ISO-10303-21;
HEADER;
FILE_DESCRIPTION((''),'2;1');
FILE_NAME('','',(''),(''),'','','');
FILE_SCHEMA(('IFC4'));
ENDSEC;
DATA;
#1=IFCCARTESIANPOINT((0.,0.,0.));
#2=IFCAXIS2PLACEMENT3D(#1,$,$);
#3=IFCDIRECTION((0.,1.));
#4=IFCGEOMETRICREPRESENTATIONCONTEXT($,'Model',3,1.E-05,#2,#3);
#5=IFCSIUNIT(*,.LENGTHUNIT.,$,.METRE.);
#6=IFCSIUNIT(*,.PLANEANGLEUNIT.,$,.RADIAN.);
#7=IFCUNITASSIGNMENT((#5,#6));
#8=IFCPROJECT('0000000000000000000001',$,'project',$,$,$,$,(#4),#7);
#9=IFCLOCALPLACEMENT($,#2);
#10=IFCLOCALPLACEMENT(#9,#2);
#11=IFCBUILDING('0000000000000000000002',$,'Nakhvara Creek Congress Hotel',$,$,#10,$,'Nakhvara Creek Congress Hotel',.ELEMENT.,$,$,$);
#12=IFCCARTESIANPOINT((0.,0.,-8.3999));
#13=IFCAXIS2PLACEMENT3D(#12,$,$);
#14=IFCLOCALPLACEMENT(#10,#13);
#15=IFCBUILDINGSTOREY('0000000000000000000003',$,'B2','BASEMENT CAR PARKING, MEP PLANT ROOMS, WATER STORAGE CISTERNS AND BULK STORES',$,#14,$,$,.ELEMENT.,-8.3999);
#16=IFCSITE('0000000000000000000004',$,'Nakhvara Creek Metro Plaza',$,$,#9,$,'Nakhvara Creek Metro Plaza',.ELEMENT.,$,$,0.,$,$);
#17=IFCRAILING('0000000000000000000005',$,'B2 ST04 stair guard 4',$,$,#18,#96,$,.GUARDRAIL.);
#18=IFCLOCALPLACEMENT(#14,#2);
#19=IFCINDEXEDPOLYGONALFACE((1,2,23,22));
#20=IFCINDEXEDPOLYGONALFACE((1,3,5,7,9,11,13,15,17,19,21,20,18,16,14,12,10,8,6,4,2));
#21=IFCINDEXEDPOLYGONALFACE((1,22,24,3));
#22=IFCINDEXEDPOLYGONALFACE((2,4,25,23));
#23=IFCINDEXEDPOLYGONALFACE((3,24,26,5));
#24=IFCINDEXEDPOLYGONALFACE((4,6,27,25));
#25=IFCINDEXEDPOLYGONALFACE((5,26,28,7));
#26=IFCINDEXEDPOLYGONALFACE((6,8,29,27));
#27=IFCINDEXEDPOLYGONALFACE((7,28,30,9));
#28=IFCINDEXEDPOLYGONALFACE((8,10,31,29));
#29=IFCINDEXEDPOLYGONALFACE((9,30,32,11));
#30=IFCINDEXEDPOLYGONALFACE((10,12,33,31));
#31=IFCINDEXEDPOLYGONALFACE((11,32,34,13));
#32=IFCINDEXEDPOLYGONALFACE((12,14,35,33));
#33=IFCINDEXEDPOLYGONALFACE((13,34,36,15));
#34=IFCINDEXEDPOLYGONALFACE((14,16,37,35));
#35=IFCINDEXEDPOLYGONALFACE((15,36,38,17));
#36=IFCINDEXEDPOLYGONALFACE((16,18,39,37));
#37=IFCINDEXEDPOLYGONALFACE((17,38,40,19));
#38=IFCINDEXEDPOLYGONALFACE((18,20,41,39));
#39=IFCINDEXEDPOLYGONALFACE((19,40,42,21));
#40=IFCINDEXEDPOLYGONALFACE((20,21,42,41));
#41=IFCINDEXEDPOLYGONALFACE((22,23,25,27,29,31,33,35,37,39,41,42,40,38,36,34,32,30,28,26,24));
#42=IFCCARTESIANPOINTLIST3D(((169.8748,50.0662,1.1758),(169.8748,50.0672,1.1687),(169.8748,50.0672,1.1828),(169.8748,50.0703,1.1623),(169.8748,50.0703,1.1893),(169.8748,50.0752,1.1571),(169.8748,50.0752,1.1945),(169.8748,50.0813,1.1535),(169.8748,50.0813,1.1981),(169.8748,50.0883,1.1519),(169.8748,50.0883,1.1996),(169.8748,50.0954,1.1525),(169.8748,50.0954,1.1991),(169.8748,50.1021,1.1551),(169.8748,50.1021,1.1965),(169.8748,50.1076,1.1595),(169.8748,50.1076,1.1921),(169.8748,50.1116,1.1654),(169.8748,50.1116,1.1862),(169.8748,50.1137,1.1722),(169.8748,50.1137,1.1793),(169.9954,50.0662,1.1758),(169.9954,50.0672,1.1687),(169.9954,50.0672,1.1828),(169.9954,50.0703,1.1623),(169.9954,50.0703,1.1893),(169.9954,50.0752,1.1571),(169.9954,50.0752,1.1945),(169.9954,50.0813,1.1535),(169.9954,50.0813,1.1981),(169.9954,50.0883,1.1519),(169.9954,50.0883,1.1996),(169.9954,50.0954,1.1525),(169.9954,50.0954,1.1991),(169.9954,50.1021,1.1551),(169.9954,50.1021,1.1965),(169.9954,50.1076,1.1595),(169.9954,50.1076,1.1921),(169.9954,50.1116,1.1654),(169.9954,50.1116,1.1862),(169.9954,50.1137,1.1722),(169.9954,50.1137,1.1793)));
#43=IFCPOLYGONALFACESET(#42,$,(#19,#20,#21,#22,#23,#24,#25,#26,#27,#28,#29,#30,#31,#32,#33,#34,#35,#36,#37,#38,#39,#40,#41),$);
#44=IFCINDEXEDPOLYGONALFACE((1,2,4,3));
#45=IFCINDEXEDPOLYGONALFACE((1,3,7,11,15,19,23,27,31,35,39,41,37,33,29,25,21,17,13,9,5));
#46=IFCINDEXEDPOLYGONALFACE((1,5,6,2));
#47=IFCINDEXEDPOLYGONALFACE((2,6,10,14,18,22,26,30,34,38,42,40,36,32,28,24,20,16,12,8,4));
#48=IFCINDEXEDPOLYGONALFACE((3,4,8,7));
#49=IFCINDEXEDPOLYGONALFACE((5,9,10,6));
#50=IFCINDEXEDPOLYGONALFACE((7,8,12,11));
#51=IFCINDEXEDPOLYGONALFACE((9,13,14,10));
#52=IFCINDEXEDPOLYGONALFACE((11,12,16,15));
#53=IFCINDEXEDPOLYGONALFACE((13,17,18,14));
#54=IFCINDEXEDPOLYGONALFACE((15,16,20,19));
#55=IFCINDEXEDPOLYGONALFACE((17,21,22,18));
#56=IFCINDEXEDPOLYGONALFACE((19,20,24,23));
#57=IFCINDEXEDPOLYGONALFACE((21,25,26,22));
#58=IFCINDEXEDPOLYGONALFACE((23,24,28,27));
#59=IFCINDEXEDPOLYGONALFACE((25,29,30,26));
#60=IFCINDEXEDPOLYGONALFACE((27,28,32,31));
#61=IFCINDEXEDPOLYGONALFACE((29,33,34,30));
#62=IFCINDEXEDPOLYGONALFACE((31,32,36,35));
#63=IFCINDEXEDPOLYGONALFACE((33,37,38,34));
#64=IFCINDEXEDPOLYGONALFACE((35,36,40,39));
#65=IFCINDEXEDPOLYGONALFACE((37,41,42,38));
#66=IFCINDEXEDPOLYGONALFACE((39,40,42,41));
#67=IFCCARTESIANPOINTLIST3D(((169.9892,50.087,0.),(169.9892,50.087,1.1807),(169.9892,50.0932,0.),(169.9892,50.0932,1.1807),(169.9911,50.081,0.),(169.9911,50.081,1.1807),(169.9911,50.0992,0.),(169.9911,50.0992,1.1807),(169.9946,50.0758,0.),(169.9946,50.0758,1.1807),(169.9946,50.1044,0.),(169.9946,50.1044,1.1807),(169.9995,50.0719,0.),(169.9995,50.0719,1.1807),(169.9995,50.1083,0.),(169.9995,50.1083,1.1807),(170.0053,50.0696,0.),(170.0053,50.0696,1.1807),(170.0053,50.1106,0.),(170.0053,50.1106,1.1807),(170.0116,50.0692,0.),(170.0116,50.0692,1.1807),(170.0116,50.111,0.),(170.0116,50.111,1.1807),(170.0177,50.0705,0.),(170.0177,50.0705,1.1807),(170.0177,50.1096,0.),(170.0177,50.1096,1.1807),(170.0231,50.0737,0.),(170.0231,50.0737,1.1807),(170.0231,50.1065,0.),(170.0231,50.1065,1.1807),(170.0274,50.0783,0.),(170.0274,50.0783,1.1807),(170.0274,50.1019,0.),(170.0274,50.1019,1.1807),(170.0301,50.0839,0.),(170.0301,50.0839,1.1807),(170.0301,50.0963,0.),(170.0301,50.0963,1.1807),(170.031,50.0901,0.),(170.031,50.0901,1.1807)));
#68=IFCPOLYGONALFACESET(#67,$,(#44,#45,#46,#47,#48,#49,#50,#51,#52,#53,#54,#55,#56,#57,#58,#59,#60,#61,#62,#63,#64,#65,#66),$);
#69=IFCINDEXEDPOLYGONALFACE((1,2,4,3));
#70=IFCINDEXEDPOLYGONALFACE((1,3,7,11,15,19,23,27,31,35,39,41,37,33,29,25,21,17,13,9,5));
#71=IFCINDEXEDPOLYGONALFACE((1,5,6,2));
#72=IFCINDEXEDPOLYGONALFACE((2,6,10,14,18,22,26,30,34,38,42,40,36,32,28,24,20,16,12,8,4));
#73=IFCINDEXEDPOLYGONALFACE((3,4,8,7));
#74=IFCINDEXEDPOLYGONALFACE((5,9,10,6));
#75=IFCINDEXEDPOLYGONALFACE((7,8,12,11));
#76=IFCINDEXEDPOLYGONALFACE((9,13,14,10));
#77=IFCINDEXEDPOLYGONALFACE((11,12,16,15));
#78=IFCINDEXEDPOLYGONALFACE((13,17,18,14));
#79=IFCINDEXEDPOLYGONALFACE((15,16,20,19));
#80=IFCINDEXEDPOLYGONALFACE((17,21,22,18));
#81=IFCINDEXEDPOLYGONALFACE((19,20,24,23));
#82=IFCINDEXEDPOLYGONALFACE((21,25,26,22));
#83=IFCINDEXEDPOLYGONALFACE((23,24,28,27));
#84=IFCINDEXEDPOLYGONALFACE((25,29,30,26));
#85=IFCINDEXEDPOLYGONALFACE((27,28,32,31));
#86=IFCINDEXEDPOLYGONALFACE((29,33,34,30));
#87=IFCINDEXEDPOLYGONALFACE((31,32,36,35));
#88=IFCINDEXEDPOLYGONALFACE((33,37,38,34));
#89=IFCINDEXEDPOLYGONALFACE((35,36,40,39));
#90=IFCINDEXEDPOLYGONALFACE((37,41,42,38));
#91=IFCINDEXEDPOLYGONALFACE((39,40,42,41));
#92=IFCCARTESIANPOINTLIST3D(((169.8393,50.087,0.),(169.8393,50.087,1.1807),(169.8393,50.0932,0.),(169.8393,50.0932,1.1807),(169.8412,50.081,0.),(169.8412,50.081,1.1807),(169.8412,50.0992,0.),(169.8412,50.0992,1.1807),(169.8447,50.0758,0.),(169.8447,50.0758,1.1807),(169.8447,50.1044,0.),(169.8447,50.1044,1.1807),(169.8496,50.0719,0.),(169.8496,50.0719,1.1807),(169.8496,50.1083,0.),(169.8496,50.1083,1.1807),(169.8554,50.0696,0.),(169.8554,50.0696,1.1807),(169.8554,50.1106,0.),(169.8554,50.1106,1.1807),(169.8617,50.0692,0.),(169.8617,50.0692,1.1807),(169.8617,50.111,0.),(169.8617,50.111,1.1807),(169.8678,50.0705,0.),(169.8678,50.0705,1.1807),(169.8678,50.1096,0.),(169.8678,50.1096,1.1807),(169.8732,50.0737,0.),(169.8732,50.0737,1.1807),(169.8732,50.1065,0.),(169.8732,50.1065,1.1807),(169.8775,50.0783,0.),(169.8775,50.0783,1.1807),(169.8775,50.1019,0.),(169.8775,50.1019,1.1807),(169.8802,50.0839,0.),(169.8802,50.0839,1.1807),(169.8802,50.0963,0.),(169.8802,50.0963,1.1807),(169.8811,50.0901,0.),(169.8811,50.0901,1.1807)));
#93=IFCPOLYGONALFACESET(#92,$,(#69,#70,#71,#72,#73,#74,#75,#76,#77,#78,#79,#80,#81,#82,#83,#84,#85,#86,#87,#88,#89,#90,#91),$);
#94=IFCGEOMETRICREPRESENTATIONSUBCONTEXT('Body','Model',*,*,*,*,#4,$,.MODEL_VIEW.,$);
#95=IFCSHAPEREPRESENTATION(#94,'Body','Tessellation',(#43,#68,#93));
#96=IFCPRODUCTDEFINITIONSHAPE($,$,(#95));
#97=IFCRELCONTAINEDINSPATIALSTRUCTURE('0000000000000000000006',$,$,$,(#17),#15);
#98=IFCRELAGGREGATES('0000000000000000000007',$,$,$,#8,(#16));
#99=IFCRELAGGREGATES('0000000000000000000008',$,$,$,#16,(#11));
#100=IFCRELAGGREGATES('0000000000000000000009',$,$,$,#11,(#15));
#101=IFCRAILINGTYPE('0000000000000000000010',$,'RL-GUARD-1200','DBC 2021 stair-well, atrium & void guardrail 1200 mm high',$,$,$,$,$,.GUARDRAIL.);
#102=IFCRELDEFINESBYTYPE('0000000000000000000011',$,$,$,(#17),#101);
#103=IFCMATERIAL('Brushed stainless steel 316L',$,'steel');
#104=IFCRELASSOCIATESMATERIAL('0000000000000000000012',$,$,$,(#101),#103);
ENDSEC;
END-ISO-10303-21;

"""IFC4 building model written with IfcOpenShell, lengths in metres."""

from ifc_helpers import new_model, si_unit, direction, frame, origin, origin_2d, place, context, subcontext, project, spatial, circle, extrude, material, type_object, element, save


model = new_model("IFC4")

# Units and contexts
model_context = context("Model", 3, precision=1e-05, world=origin(), true_north=direction((0.0, 1.0)))
body_context = subcontext(model_context, "Body", "Model", "MODEL_VIEW")
ifc_project = project(units=[si_unit("LENGTHUNIT", "METRE"), si_unit("PLANEANGLEUNIT", "RADIAN")], contexts=[model_context])

# Site, building, storey
site_placement = place(None, origin())
site = spatial("IfcSite", under=ifc_project, at=site_placement, Name="Nakhvara Creek Metro Plaza", LongName="Nakhvara Creek Metro Plaza", CompositionType="ELEMENT", RefElevation=0.0)
building_placement = place(site_placement, origin())
building = spatial("IfcBuilding", under=site, at=building_placement, Name="Nakhvara Creek Congress Hotel", LongName="Nakhvara Creek Congress Hotel", CompositionType="ELEMENT")
storey_placement = place(building_placement, frame((0.0, 0.0, -8.3999)))
storey = spatial("IfcBuildingStorey", under=building, at=storey_placement, Name="B2", Description="BASEMENT CAR PARKING, MEP PLANT ROOMS, WATER STORAGE CISTERNS AND BULK STORES", CompositionType="ELEMENT", Elevation=-8.3999)

# Railing
ifc_material_1 = material(Name="Brushed stainless steel 316L", Category="steel")
railing_type_1 = type_object("IfcRailingType", Name="RL-GUARD-1200", Description="DBC 2021 stair-well, atrium & void guardrail 1200 mm high", PredefinedType="GUARDRAIL", material=ifc_material_1)
railing_1_placement = place(storey_placement, frame((170.01, 50.0901, 0.0)))
element("IfcRailing", 1, at=railing_1_placement, inside=storey, type_object=railing_type_1, Name="B2 ST04 stair guard 4", PredefinedType="GUARDRAIL", context=body_context, shape_type="SweptSolid", body=[
    extrude(circle(Radius=0.0239, at=origin_2d()), frame((-0.0146, 0.0, 1.1758), z_axis=(-1.0, 0.0, 0.0), x_axis=(0.0, -1.0, 0.0)), (0.0, 0.0, 1.0), 0.1206),
    extrude(circle(Radius=0.021, at=origin_2d()), origin(), (0.0, 0.0, 1.0), 1.1807),
    extrude(circle(Radius=0.021, at=origin_2d()), frame((-0.1499, 0.0, 0.0)), (0.0, 0.0, 1.0), 1.1807),
])

save(model, "model.ifc")
